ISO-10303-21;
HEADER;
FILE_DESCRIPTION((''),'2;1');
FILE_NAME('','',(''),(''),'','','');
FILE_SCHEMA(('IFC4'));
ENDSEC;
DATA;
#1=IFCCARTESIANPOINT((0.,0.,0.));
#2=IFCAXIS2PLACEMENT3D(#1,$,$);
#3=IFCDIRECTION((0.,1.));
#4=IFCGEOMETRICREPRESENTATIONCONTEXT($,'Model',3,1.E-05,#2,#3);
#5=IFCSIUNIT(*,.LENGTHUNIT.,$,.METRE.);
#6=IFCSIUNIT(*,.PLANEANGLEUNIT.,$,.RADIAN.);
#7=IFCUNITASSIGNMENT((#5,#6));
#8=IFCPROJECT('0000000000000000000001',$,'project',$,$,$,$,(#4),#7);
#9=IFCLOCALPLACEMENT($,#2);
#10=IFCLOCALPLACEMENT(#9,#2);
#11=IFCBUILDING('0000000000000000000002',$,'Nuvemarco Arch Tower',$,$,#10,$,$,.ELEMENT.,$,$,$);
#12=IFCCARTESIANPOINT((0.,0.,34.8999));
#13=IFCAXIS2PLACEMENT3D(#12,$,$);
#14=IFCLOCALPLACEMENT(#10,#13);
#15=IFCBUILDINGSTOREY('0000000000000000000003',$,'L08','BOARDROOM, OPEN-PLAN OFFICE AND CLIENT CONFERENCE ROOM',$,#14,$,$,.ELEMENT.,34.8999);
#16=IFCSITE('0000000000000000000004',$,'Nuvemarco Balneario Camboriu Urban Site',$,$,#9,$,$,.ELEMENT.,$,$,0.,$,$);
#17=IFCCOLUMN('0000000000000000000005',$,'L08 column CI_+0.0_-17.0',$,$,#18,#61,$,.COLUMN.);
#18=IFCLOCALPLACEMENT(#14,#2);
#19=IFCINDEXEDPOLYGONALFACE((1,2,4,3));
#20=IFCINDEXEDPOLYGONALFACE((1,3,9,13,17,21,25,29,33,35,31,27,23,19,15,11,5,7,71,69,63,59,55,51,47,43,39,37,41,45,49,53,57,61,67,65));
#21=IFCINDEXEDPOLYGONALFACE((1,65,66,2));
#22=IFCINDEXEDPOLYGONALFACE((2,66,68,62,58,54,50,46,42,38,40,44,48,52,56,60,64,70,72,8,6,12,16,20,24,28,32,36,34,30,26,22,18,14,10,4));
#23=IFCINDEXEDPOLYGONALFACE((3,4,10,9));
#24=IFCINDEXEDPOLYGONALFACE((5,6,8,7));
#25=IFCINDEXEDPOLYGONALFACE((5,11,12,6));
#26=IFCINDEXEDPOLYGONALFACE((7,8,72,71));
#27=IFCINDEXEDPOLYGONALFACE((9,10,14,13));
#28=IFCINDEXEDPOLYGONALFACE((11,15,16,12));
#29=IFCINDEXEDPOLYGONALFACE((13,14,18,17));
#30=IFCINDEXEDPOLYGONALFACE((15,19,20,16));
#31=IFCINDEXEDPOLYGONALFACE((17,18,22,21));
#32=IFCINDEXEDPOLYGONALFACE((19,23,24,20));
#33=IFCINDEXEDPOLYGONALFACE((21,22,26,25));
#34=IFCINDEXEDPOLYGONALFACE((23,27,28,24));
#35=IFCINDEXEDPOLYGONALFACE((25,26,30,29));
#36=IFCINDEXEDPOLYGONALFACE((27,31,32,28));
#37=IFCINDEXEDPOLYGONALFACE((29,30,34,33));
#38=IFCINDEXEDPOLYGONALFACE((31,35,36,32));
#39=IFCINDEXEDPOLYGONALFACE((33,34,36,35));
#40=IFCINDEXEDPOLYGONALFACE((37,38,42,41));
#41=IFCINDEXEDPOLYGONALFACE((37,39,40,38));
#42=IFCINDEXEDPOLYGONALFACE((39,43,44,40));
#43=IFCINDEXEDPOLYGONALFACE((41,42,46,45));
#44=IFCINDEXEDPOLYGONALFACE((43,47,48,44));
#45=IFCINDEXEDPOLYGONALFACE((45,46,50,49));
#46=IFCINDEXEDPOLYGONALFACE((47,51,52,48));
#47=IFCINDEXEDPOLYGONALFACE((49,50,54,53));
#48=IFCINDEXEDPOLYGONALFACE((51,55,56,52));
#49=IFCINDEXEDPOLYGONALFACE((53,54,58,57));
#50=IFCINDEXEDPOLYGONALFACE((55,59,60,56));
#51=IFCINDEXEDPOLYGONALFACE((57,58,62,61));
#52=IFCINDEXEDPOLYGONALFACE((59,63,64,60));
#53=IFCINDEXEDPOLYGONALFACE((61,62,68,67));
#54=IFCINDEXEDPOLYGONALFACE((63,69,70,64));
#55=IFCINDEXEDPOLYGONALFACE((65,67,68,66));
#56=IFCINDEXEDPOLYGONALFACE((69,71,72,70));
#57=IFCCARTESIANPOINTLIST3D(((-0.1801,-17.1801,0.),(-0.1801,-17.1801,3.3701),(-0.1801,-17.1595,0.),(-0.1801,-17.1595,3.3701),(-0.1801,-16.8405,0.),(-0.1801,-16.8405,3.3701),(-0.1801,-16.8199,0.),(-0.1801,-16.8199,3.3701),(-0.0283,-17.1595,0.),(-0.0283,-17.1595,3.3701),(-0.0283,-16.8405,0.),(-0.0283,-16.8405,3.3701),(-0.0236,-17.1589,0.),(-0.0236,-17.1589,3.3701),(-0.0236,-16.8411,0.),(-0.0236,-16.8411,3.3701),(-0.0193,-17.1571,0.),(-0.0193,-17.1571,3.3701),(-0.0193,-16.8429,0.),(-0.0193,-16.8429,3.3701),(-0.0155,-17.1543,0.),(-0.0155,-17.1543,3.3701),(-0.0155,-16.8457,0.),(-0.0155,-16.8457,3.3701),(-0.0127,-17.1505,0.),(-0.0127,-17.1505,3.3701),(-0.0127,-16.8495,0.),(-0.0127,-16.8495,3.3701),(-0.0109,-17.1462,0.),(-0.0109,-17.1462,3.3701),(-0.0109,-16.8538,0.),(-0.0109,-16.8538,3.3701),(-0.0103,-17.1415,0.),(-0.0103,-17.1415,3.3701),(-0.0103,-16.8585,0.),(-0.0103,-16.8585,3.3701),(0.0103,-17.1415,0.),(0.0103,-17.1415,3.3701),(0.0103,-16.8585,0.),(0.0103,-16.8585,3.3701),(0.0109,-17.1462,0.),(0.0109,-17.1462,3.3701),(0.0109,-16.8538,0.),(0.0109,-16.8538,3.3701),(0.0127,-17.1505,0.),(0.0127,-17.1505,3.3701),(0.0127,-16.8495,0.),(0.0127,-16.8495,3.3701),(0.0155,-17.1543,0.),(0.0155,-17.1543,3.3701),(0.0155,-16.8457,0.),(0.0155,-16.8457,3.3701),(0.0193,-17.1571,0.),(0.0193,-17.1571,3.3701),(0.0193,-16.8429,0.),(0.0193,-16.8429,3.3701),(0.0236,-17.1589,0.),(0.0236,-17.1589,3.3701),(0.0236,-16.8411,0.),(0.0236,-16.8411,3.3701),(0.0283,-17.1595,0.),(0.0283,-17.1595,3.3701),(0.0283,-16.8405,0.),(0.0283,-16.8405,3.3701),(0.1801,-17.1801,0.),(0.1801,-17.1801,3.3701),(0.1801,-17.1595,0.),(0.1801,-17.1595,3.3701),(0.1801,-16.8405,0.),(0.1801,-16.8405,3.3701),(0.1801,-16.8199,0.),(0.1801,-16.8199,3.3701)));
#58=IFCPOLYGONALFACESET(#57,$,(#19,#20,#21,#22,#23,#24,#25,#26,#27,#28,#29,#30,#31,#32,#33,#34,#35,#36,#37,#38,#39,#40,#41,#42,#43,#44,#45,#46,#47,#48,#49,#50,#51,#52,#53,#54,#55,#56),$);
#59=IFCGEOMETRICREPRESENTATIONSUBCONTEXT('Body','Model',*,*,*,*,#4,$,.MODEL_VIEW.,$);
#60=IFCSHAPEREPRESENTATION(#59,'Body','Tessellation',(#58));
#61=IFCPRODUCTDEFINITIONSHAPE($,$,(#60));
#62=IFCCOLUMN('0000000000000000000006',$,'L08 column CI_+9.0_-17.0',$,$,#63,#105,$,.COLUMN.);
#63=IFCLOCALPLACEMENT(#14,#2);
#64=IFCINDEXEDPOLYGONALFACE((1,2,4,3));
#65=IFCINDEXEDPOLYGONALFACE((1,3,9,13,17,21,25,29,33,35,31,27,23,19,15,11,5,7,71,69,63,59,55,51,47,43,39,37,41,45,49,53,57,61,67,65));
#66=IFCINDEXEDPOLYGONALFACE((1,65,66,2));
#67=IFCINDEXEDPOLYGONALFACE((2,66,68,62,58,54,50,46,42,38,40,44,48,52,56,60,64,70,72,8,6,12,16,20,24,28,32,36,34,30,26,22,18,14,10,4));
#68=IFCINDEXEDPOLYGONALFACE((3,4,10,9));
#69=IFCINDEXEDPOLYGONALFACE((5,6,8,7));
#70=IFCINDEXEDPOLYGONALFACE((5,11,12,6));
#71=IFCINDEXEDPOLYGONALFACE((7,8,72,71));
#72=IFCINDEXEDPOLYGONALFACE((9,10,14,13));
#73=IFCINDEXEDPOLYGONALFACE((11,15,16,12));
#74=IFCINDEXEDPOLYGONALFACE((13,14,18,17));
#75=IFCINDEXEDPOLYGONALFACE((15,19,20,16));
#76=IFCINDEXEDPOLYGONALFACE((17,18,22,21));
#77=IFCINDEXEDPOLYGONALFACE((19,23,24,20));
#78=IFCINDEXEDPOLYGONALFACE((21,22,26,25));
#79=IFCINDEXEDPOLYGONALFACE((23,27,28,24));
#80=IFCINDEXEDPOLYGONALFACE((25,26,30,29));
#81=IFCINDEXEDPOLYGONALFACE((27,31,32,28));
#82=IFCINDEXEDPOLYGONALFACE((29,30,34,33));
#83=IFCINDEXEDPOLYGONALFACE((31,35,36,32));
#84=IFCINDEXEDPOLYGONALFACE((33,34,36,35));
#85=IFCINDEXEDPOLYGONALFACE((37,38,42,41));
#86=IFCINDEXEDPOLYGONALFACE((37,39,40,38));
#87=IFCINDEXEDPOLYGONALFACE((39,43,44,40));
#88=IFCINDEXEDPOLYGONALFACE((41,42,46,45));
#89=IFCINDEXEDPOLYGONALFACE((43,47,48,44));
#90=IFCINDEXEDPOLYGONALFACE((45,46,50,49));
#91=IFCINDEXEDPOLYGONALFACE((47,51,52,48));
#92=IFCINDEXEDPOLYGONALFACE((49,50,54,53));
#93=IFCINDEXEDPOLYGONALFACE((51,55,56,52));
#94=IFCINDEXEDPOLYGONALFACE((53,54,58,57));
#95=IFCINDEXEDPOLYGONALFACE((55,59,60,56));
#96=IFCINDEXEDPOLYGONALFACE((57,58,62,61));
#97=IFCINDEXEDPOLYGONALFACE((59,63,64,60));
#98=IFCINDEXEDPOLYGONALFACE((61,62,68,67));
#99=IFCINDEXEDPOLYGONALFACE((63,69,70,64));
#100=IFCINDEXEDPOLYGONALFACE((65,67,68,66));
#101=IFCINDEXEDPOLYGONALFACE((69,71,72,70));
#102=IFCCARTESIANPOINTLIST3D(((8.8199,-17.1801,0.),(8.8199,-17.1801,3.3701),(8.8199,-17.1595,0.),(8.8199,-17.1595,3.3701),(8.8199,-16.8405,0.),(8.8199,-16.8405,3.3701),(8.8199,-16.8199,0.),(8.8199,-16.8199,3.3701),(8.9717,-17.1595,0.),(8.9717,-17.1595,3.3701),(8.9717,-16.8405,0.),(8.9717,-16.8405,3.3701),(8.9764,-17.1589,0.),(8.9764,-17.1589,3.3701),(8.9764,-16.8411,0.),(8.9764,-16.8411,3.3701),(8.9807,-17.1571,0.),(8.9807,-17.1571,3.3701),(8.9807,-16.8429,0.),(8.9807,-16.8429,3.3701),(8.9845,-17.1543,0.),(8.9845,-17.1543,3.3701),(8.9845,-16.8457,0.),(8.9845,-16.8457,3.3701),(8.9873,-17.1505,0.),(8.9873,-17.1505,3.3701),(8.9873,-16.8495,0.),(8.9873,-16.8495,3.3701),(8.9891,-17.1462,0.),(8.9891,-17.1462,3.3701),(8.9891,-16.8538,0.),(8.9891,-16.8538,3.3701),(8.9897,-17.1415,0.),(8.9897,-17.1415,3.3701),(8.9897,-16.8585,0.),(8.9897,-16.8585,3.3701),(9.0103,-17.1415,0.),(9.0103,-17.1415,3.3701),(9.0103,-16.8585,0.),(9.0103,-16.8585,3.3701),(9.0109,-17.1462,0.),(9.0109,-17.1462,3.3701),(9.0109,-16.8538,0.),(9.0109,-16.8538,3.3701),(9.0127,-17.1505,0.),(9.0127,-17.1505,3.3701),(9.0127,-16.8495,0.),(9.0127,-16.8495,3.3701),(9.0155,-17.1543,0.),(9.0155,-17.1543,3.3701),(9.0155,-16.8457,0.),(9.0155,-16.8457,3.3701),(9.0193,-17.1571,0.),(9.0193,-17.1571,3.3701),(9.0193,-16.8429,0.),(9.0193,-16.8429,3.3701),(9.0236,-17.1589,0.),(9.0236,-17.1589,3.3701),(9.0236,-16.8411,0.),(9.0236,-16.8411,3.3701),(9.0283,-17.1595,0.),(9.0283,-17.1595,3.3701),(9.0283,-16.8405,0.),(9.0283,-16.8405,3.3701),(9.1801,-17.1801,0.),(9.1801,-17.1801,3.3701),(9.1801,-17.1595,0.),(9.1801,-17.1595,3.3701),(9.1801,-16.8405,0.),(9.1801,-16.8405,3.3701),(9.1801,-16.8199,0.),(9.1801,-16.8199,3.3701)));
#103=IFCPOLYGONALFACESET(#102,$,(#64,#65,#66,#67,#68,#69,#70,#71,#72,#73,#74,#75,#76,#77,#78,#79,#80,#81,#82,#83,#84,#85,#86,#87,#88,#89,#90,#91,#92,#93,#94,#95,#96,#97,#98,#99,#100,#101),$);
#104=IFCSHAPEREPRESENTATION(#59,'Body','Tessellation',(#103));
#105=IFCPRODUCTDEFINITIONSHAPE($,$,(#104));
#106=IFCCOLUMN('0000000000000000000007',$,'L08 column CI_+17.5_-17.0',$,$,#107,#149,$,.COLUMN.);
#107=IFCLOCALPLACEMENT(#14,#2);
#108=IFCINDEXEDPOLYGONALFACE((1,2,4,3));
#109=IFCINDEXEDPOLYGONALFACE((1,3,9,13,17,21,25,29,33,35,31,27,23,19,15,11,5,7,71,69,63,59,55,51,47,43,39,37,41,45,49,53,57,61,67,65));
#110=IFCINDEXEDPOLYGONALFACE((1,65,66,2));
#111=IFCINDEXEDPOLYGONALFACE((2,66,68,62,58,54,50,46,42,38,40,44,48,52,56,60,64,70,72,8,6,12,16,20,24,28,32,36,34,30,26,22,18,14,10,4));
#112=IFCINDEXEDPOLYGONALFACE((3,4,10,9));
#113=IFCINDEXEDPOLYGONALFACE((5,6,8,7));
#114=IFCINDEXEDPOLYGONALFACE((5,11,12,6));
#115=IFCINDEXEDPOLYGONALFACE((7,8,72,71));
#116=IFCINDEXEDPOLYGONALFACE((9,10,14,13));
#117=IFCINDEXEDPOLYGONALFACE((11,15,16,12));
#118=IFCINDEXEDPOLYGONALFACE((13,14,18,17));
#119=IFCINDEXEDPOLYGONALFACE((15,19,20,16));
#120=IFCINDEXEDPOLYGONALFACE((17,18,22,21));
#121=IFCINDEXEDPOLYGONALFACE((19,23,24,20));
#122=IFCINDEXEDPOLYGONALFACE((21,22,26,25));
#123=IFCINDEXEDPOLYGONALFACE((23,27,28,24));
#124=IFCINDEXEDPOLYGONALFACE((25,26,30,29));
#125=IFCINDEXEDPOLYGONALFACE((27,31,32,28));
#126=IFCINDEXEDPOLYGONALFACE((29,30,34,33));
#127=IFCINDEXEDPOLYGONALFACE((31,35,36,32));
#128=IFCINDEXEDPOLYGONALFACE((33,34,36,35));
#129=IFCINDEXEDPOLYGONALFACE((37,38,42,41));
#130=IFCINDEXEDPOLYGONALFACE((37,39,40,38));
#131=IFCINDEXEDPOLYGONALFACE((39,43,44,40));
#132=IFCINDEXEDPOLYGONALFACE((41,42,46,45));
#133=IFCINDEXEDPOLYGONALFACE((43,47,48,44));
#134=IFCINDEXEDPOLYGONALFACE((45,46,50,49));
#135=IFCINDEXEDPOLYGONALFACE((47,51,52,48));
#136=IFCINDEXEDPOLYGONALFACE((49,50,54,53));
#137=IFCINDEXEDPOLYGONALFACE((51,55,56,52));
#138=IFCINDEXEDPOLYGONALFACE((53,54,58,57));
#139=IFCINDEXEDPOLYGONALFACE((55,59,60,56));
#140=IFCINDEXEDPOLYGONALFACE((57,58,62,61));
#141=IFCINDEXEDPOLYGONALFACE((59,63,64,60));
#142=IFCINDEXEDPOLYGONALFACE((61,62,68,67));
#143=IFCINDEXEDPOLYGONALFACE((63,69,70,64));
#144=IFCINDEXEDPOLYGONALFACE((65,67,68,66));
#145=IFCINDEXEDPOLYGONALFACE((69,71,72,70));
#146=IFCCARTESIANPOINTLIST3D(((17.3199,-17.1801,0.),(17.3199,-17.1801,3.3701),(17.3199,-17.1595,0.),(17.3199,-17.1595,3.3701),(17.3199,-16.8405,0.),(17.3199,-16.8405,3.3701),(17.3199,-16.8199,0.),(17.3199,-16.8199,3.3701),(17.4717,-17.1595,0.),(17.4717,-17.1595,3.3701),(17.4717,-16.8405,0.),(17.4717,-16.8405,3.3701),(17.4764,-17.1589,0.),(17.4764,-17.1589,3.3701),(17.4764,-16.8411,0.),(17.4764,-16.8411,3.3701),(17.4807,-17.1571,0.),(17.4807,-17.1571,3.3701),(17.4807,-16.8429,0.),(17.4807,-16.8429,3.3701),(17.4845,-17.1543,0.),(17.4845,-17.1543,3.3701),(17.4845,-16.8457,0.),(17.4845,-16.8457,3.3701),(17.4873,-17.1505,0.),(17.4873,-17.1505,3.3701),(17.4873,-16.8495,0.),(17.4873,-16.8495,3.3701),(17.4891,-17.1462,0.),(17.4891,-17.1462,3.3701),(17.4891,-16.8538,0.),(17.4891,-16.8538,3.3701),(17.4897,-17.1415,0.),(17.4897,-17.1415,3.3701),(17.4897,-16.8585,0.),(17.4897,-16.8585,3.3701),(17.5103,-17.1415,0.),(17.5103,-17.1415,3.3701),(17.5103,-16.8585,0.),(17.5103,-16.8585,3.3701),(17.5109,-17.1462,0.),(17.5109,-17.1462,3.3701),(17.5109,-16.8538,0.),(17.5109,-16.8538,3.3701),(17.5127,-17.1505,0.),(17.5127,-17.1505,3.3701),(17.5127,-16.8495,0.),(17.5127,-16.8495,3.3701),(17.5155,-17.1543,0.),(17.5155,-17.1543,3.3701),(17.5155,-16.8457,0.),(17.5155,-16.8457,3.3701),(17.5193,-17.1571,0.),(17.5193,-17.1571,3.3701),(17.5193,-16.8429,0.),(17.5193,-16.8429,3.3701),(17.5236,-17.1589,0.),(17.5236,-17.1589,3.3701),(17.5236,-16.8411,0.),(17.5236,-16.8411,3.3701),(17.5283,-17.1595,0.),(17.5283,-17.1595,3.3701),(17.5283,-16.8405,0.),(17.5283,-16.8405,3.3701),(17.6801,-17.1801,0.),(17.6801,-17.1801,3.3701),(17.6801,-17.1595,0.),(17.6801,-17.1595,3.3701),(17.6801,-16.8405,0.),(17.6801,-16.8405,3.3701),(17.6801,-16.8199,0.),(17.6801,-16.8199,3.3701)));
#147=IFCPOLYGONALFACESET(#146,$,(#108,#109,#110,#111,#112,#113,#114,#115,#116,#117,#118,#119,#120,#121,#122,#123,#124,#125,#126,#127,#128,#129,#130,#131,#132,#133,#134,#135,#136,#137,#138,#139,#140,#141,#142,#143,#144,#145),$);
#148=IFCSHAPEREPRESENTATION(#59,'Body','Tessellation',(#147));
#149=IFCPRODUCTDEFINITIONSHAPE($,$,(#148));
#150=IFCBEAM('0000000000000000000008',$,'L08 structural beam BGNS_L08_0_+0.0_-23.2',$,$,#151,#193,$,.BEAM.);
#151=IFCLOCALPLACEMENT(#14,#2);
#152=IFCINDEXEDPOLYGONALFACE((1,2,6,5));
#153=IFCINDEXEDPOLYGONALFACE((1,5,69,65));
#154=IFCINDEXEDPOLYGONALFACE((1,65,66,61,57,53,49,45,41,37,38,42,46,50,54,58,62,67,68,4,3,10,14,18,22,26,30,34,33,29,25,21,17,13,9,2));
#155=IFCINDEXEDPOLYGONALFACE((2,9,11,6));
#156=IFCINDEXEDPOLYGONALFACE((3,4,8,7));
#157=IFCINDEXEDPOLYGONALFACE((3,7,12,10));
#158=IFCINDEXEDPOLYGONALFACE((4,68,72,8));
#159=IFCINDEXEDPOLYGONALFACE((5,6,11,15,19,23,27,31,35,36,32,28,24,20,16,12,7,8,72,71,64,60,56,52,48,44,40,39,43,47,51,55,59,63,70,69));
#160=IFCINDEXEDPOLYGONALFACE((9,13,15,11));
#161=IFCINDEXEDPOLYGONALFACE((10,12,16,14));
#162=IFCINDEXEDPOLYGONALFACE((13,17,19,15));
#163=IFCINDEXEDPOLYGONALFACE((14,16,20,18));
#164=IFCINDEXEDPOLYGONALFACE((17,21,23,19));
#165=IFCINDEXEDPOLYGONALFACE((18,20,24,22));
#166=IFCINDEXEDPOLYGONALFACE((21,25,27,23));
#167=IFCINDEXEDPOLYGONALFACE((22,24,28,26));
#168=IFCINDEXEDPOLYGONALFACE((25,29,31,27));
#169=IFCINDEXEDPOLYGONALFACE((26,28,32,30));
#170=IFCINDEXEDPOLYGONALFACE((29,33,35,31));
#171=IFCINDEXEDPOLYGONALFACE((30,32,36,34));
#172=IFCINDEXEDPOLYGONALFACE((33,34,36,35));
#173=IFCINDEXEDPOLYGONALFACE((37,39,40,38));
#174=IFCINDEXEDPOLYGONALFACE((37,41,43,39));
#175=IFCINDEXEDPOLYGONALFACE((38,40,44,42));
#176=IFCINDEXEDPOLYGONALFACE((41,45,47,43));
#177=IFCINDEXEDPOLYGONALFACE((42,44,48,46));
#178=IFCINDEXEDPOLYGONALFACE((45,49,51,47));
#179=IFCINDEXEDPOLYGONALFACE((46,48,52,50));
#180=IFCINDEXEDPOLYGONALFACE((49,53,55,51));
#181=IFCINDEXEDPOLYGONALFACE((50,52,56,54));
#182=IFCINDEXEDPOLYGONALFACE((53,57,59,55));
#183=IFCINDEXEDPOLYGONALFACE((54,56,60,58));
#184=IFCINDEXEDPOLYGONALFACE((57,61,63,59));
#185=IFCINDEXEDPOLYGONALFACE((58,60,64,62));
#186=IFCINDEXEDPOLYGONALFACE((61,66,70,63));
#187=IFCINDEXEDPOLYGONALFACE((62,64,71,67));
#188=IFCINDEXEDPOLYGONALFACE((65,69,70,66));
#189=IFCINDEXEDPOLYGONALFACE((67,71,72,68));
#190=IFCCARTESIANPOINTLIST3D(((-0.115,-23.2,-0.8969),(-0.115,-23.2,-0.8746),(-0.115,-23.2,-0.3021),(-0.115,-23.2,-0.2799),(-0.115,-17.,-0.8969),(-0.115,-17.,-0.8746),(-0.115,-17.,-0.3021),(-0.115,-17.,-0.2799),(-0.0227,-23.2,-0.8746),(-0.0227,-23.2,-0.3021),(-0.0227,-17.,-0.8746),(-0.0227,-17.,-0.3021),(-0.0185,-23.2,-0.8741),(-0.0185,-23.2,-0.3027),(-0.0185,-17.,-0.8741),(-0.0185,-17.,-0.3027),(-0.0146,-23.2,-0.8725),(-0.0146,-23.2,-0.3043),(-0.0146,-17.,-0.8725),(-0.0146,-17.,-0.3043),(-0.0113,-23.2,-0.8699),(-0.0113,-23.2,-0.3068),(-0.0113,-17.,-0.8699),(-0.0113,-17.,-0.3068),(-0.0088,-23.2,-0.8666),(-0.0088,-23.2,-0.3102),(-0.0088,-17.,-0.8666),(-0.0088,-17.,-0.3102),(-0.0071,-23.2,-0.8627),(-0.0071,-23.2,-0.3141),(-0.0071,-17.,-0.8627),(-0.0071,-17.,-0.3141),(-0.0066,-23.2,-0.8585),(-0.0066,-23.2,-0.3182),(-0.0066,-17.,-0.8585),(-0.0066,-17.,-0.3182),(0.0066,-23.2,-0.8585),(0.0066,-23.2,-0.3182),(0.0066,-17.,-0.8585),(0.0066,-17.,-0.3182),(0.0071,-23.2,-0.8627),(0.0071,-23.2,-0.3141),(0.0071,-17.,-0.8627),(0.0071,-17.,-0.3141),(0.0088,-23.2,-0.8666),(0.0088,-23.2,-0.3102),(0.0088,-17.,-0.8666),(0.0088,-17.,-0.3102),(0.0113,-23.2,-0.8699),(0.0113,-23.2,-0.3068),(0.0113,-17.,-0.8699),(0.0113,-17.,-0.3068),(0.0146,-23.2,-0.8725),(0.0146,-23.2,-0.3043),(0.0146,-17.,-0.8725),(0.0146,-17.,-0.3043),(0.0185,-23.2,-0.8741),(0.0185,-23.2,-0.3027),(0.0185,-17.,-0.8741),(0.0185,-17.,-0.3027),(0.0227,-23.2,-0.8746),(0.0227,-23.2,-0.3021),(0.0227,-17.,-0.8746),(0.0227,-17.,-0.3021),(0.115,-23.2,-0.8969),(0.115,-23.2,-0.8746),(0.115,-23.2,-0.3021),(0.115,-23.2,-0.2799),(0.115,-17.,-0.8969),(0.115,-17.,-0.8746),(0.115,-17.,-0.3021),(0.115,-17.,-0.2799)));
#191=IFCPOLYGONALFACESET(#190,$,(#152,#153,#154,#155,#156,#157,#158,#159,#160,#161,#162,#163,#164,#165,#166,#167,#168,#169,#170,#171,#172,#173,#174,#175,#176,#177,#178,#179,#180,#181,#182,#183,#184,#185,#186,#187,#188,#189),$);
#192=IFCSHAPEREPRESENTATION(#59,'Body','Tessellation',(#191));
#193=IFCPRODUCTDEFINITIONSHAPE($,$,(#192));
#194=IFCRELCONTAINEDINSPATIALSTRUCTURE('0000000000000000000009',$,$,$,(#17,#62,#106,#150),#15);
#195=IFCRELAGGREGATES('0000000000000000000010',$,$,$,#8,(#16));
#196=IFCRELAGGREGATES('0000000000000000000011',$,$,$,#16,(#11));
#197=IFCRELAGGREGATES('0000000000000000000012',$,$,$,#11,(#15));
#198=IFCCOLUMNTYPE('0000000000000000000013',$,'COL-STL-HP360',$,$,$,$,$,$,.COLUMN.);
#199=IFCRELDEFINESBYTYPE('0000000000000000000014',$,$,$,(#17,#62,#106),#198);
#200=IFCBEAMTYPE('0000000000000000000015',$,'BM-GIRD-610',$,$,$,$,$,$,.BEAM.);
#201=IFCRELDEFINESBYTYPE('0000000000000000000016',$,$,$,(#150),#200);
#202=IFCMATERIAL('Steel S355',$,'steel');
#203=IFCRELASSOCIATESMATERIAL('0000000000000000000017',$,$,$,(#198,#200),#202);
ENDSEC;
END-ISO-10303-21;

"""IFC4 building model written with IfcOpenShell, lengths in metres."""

from ifc_helpers import new_model, si_unit, direction, frame, origin, origin_2d, place, context, subcontext, project, spatial, i_section, extrude, material, material_profile, profile_set, type_object, element, save


model = new_model("IFC4")

# Units and contexts
model_context = context("Model", 3, precision=1e-05, world=origin(), true_north=direction((0.0, 1.0)))
body_context = subcontext(model_context, "Body", "Model", "MODEL_VIEW")
ifc_project = project(units=[si_unit("LENGTHUNIT", "METRE"), si_unit("PLANEANGLEUNIT", "RADIAN")], contexts=[model_context])

# Site, building, storey
site_placement = place(None, origin())
site = spatial("IfcSite", under=ifc_project, at=site_placement, Name="Nuvemarco Balneario Camboriu Urban Site", CompositionType="ELEMENT", RefElevation=0.0)
building_placement = place(site_placement, origin())
building = spatial("IfcBuilding", under=site, at=building_placement, Name="Nuvemarco Arch Tower", CompositionType="ELEMENT")
storey_placement = place(building_placement, frame((0.0, 0.0, 34.8999)))
storey = spatial("IfcBuildingStorey", under=building, at=storey_placement, Name="L08", Description="BOARDROOM, OPEN-PLAN OFFICE AND CLIENT CONFERENCE ROOM", CompositionType="ELEMENT", Elevation=34.8999)

# Columns
ifc_material_1 = material(Name="Steel S355", Category="steel")
ifc_material_profile_1 = material_profile(ifc_material_1, i_section(OverallWidth=0.3601, OverallDepth=0.3601, WebThickness=0.0205, FlangeThickness=0.0205, FilletRadius=0.0181, at=origin_2d()), Name="HP360x174")
ifc_profile_set_1 = profile_set([ifc_material_profile_1], Name="Steel S355")
column_type_1 = type_object("IfcColumnType", Name="COL-STL-HP360", PredefinedType="COLUMN", material=ifc_profile_set_1)
for number, where, z_axis, x_axis, name in (
    (1, (0.0, -17.0, 0.0), (0.0, 0.0, 1.0), (1.0, 0.0, 0.0), "L08 column CI_+0.0_-17.0"),
    (2, (9.0, -17.0, 0.0), (0.0, 0.0, 1.0), (1.0, 0.0, 0.0), "L08 column CI_+9.0_-17.0"),
    (3, (17.5, -17.0, 0.0), (0.0, 0.0, 1.0), (1.0, 0.0, 0.0), "L08 column CI_+17.5_-17.0"),
):
    element("IfcColumn", number, at=place(storey_placement, frame(where, z_axis=z_axis, x_axis=x_axis)), inside=storey, type_object=column_type_1, Name=name, PredefinedType="COLUMN", context=body_context, shape_type="SweptSolid", body=[
        extrude(i_section(OverallWidth=0.3601, OverallDepth=0.3601, WebThickness=0.0205, FlangeThickness=0.0205, FilletRadius=0.0181, at=origin_2d()), origin(), (0.0, 0.0, 1.0), 3.3701),
    ])

# Beam
ifc_material_profile_2 = material_profile(ifc_material_1, i_section(OverallWidth=0.23, OverallDepth=0.6169, WebThickness=0.0132, FlangeThickness=0.0222, FilletRadius=0.0161, at=origin_2d()), Name="W610x140")
ifc_profile_set_2 = profile_set([ifc_material_profile_2], Name="Steel S355")
beam_type_1 = type_object("IfcBeamType", Name="BM-GIRD-610", PredefinedType="BEAM", material=ifc_profile_set_2)
beam_1_placement = place(storey_placement, frame((0.0, -23.2, -0.5884), z_axis=(0.0, 1.0, 0.0), x_axis=(-1.0, 0.0, 0.0)))
element("IfcBeam", 4, at=beam_1_placement, inside=storey, type_object=beam_type_1, Name="L08 structural beam BGNS_L08_0_+0.0_-23.2", PredefinedType="BEAM", context=body_context, shape_type="SweptSolid", body=[
    extrude(i_section(OverallWidth=0.23, OverallDepth=0.6169, WebThickness=0.0132, FlangeThickness=0.0222, FilletRadius=0.0161, at=origin_2d()), origin(), (0.0, 0.0, 1.0), 6.2),
])

save(model, "model.ifc")
